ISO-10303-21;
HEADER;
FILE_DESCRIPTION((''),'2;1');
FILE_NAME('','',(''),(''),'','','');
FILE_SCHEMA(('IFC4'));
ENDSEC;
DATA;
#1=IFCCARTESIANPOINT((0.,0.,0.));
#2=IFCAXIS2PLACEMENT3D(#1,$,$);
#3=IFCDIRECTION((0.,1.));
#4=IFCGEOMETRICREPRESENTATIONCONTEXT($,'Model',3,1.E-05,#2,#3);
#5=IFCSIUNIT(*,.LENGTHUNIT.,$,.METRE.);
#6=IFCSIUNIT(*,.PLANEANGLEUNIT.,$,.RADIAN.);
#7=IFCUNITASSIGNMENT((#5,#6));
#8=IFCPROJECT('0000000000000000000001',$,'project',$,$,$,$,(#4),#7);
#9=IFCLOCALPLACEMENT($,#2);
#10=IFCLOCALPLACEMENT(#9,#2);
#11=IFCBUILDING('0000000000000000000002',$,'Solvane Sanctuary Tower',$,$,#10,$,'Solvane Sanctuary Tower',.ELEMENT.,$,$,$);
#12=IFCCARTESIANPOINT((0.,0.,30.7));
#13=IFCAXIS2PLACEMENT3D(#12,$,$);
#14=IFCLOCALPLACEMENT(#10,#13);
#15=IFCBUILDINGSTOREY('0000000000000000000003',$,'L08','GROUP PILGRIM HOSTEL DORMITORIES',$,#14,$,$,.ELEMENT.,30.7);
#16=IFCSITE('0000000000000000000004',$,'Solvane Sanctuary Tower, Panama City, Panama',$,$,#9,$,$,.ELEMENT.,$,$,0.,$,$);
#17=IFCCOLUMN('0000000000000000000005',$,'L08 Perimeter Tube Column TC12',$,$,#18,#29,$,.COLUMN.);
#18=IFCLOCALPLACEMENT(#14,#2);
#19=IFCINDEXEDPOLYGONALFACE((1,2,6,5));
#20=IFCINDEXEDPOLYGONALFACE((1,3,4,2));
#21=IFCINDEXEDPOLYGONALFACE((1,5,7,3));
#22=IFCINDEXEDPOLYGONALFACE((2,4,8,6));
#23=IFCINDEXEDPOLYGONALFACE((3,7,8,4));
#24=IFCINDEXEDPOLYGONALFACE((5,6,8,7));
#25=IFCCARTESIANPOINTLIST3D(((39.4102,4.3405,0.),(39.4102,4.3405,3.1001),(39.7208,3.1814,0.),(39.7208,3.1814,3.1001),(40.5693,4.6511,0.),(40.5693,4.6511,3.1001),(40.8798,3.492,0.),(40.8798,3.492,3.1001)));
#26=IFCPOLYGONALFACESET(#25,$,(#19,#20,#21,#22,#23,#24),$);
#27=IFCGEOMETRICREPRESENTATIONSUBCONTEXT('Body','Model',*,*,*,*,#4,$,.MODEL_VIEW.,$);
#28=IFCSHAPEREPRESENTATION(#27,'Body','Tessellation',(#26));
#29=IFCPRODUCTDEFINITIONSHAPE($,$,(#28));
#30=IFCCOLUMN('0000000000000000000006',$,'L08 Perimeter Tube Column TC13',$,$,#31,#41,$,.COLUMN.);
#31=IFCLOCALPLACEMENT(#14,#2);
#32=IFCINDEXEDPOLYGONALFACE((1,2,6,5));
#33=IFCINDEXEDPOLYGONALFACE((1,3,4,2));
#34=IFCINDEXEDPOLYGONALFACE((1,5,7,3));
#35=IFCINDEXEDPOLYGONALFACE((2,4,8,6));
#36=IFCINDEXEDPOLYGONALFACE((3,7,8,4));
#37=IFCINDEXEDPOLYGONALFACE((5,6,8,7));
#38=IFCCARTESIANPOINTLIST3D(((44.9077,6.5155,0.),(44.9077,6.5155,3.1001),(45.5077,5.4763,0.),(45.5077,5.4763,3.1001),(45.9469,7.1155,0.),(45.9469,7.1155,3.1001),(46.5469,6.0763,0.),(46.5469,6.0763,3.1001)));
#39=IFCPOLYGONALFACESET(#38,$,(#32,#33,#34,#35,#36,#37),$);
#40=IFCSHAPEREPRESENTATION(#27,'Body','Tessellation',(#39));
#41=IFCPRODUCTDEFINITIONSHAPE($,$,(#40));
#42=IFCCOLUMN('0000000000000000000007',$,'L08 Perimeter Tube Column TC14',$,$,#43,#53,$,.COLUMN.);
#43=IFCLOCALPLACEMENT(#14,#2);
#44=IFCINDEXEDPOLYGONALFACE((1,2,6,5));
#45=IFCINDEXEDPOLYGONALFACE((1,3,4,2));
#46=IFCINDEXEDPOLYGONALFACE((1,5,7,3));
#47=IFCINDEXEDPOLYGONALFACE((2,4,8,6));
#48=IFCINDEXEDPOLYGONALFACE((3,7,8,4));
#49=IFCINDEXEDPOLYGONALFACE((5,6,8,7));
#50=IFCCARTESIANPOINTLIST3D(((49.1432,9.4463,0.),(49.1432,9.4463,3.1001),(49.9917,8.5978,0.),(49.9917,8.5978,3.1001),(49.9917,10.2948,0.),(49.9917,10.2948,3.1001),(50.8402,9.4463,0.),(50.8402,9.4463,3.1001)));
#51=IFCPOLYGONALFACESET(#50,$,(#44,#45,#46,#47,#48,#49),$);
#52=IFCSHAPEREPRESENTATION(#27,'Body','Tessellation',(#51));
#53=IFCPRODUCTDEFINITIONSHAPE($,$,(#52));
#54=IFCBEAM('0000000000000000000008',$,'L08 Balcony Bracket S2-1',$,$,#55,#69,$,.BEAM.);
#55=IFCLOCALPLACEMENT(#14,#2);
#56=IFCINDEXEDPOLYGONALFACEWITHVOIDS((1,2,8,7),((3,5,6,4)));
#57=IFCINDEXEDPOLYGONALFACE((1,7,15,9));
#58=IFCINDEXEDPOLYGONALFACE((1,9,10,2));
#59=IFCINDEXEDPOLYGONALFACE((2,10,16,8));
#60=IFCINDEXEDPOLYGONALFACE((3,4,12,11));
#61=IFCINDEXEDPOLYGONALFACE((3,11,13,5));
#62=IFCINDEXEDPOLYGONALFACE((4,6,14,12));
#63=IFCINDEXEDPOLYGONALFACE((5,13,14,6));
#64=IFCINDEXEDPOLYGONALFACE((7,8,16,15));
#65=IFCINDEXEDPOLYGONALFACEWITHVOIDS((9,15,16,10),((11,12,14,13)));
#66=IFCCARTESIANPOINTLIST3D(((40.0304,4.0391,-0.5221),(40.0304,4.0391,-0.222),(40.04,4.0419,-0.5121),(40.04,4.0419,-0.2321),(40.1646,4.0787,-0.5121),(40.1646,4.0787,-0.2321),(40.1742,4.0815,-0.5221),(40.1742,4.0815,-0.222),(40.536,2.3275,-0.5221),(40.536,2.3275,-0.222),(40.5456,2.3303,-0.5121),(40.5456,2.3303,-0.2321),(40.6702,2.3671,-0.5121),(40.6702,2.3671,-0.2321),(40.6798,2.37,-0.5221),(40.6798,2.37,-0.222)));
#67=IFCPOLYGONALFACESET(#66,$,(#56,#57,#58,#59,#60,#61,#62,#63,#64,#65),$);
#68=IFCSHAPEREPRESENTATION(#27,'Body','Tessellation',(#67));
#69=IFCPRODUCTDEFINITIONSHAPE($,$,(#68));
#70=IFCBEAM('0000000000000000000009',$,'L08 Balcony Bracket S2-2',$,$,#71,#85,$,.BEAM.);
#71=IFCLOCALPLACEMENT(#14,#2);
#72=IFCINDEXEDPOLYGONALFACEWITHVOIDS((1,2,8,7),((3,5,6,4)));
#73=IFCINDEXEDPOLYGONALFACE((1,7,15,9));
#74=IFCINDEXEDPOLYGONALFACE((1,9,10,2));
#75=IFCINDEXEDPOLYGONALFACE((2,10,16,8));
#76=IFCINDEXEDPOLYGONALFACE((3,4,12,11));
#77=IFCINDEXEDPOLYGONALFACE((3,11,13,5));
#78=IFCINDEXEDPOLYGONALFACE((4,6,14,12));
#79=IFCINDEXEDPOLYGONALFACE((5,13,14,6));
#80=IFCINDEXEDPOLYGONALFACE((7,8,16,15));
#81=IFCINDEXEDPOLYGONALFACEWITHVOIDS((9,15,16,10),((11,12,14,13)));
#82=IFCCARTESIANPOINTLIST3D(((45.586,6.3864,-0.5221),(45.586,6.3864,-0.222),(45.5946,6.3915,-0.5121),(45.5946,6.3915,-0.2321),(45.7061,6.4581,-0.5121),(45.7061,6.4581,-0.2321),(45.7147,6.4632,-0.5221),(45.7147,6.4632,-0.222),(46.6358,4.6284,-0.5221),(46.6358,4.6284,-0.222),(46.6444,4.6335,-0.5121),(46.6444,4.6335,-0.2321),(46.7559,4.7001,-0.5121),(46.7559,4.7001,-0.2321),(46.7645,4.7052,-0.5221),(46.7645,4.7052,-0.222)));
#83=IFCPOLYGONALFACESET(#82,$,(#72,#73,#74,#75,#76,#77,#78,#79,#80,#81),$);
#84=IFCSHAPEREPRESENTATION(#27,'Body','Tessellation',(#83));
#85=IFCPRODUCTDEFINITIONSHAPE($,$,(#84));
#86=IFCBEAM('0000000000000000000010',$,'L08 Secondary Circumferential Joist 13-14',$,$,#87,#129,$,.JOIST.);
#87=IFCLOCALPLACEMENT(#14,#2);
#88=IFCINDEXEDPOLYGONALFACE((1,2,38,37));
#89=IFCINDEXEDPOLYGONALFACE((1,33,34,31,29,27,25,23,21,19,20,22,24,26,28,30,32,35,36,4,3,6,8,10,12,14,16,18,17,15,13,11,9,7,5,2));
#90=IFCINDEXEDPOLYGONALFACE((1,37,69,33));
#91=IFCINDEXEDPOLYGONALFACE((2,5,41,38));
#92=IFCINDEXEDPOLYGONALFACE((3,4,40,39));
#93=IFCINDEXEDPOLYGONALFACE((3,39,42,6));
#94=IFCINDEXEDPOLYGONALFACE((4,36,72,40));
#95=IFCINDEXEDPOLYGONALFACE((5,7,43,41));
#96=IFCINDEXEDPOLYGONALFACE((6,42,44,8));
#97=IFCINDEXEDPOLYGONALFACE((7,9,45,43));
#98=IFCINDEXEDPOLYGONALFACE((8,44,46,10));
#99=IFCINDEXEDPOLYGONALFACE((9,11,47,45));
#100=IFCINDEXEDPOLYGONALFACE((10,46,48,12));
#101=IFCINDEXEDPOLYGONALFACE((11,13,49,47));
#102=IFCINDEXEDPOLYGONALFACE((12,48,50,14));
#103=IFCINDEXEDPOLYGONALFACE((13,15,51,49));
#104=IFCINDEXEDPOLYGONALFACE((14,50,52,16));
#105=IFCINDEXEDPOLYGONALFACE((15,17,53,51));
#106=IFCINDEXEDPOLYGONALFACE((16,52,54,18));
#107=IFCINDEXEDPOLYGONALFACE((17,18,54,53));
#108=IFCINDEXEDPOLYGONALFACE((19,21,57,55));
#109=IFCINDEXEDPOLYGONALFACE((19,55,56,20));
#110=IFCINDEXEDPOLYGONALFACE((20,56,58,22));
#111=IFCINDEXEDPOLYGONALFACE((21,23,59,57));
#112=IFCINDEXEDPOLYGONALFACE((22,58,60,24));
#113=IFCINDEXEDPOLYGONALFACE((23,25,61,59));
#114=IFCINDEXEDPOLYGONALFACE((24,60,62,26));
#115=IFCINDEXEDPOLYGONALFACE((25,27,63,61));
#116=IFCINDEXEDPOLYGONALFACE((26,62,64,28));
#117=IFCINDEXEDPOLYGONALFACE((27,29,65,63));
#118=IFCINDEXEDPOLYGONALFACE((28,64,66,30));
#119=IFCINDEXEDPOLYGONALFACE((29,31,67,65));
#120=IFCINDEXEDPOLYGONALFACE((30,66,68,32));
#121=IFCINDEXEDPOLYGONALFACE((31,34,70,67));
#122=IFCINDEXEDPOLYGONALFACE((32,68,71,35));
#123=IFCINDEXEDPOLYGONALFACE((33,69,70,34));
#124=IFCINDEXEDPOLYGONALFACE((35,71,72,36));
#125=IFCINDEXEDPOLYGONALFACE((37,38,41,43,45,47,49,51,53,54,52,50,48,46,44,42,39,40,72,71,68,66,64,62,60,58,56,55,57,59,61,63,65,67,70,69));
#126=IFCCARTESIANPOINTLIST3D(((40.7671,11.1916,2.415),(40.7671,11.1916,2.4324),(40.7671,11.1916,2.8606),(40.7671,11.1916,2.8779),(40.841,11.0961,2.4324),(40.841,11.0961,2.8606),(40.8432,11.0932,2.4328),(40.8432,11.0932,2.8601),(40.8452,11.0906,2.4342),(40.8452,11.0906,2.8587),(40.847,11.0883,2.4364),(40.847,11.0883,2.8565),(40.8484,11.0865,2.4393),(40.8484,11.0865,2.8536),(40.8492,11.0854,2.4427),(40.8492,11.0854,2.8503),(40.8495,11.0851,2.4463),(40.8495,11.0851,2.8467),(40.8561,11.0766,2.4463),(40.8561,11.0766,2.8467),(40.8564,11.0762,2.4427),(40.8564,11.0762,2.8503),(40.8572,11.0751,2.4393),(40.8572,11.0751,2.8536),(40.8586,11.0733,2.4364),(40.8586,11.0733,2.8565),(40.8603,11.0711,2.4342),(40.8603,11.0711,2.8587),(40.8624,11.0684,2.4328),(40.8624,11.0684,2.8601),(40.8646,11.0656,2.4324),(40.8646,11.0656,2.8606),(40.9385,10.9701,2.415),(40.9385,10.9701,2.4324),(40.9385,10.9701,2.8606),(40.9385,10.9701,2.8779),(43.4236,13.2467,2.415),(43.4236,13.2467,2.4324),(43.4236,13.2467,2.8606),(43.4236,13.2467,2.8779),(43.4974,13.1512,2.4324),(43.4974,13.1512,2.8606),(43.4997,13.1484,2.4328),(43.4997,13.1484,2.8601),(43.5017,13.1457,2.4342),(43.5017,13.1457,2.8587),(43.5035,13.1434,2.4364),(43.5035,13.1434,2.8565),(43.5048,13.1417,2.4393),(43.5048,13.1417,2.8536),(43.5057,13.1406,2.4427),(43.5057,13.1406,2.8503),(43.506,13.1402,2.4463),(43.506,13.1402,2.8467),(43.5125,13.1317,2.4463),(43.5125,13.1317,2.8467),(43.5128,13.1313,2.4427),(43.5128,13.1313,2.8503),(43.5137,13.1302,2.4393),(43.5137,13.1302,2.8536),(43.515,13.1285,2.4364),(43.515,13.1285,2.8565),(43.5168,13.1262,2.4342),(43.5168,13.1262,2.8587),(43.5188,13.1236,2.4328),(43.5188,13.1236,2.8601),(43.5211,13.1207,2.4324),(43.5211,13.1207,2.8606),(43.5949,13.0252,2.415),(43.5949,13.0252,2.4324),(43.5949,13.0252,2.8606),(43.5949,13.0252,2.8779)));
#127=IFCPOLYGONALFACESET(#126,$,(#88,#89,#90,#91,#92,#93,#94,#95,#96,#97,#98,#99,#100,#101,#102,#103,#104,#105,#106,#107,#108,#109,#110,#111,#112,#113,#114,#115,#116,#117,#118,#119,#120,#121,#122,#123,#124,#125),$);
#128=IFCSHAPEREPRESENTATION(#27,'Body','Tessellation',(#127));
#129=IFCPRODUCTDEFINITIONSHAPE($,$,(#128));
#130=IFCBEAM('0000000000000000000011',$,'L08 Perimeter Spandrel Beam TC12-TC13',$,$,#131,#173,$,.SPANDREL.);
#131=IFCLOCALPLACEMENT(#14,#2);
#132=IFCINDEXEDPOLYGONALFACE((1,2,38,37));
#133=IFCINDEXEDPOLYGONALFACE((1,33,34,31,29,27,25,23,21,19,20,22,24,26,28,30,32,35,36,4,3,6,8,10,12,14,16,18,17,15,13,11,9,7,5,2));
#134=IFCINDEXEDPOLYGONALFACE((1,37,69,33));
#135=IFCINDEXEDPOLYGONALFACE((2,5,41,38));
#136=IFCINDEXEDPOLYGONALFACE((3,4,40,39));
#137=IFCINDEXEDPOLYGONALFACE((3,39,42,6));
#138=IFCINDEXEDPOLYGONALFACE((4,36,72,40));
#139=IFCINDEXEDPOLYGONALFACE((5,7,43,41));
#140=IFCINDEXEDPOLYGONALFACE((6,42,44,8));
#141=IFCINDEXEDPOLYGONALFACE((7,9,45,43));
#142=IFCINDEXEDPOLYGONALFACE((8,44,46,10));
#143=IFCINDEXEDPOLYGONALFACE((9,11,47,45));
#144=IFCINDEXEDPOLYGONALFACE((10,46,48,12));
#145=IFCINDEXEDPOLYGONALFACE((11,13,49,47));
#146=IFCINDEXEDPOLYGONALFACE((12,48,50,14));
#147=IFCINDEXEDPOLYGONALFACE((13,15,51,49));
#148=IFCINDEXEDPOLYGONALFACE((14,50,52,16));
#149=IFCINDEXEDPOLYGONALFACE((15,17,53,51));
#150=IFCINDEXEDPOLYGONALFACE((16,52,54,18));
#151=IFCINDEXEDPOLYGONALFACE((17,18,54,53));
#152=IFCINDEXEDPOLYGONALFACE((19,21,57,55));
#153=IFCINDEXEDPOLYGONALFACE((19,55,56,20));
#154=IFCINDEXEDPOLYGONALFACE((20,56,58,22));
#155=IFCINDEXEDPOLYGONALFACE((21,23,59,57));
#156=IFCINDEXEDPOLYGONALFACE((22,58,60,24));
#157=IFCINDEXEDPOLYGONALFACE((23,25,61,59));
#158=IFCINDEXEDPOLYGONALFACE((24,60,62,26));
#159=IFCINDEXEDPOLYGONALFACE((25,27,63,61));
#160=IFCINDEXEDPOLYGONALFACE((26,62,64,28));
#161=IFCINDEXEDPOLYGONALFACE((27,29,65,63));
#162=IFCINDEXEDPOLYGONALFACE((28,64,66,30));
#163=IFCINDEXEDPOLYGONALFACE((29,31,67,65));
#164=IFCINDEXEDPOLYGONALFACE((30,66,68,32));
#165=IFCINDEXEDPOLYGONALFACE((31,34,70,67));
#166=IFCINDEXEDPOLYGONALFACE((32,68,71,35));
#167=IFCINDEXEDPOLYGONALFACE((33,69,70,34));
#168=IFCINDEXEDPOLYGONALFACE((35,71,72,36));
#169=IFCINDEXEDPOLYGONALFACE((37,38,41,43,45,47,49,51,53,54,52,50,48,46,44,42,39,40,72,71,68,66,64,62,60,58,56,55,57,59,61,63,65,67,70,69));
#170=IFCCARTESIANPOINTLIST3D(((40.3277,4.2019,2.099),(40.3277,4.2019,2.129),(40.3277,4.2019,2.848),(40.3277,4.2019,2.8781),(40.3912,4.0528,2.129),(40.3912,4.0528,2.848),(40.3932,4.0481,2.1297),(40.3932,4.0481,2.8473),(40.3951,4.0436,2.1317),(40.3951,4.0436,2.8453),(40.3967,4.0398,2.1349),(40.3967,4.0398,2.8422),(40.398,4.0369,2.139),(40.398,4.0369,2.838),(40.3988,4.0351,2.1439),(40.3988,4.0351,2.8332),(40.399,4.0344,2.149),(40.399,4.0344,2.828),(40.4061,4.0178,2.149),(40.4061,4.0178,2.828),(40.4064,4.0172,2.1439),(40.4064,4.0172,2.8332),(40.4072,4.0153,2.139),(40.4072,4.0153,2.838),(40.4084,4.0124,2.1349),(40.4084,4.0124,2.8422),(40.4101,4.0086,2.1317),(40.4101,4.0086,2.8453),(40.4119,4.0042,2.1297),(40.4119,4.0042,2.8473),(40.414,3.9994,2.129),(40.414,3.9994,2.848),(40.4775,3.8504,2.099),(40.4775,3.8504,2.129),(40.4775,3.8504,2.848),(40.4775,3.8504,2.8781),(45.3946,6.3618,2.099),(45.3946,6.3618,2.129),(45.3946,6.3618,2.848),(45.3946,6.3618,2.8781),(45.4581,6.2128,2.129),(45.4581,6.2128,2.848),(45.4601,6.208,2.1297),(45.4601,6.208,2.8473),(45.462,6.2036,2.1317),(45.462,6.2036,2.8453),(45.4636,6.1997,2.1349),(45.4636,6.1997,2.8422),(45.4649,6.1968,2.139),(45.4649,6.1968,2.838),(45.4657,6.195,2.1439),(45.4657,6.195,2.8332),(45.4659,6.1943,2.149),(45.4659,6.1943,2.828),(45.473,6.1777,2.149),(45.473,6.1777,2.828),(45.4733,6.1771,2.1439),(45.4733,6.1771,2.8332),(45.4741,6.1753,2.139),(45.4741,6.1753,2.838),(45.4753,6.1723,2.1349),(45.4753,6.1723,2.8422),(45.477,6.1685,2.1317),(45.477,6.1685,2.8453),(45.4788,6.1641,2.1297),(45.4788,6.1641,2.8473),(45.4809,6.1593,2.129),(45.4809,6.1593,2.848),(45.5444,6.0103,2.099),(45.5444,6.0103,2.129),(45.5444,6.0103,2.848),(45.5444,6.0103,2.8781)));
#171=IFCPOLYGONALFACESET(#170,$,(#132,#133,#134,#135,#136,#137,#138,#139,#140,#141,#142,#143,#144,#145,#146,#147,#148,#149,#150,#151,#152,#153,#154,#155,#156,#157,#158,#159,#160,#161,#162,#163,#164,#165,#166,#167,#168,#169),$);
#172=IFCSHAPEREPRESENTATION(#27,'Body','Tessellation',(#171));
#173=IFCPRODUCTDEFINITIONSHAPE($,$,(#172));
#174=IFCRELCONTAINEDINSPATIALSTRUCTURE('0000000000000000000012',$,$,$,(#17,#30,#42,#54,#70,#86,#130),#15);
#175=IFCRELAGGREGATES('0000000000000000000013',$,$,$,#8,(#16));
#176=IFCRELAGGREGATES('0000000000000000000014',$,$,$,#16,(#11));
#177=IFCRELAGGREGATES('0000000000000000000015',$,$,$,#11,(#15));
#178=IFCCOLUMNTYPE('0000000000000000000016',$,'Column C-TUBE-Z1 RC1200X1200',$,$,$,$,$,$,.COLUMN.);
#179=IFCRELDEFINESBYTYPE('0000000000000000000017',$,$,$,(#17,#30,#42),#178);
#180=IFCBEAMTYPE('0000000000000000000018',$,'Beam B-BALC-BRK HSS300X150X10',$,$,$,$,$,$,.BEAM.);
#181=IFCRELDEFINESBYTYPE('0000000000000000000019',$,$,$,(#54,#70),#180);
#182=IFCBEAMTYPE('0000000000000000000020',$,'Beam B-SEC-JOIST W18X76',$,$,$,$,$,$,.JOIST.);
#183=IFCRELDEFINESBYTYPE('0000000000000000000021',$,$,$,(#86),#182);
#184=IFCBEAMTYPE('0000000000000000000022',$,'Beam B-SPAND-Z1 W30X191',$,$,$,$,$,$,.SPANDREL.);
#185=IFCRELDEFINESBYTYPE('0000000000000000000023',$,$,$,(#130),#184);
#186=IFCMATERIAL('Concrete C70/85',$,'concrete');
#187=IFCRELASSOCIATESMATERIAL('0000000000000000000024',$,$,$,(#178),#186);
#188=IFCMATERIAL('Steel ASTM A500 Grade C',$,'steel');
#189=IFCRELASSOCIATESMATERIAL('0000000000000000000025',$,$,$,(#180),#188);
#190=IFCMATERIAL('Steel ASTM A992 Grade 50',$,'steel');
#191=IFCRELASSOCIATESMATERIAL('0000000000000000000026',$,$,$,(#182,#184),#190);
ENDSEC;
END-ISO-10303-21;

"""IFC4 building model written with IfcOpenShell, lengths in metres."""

from ifc_helpers import new_model, si_unit, direction, frame, origin, origin_2d, place, context, subcontext, project, spatial, rectangle, hollow_rectangle, i_section, extrude, material, material_profile, profile_set, type_object, element, save


model = new_model("IFC4")

# Units and contexts
model_context = context("Model", 3, precision=1e-05, world=origin(), true_north=direction((0.0, 1.0)))
body_context = subcontext(model_context, "Body", "Model", "MODEL_VIEW")
ifc_project = project(units=[si_unit("LENGTHUNIT", "METRE"), si_unit("PLANEANGLEUNIT", "RADIAN")], contexts=[model_context])

# Site, building, storey
site_placement = place(None, origin())
site = spatial("IfcSite", under=ifc_project, at=site_placement, Name="Solvane Sanctuary Tower, Panama City, Panama", CompositionType="ELEMENT", RefElevation=0.0)
building_placement = place(site_placement, origin())
building = spatial("IfcBuilding", under=site, at=building_placement, Name="Solvane Sanctuary Tower", LongName="Solvane Sanctuary Tower", CompositionType="ELEMENT")
storey_placement = place(building_placement, frame((0.0, 0.0, 30.7)))
storey = spatial("IfcBuildingStorey", under=building, at=storey_placement, Name="L08", Description="GROUP PILGRIM HOSTEL DORMITORIES", CompositionType="ELEMENT", Elevation=30.7)

# Columns
ifc_material_1 = material(Name="Concrete C70/85", Category="concrete")
ifc_material_profile_1 = material_profile(ifc_material_1, rectangle(XDim=1.2, YDim=1.2, at=origin_2d()), Name="RC1200X1200")
ifc_profile_set_1 = profile_set([ifc_material_profile_1], Name="Concrete C70/85")
column_type = type_object("IfcColumnType", Name="Column C-TUBE-Z1 RC1200X1200", PredefinedType="COLUMN", material=ifc_profile_set_1)
for number, where, z_axis, x_axis, name in (
    (1, (40.145, 3.9163, 0.0), (0.0, 0.0, 1.0), (0.258819, -0.965926, 0.0), "L08 Perimeter Tube Column TC12"),
    (2, (45.7273, 6.2959, 0.0), (0.0, 0.0, 1.0), (0.5, -0.866025, 0.0), "L08 Perimeter Tube Column TC13"),
    (3, (49.9917, 9.4463, 0.0), (0.0, 0.0, 1.0), (0.707107, -0.707107, 0.0), "L08 Perimeter Tube Column TC14"),
):
    element("IfcColumn", number, at=place(storey_placement, frame(where, z_axis=z_axis, x_axis=x_axis)), inside=storey, type_object=column_type, Name=name, PredefinedType="COLUMN", context=body_context, shape_type="SweptSolid", body=[
        extrude(rectangle(XDim=1.2, YDim=1.2, at=origin_2d()), origin(), (0.0, 0.0, 1.0), 3.1001),
    ])

# Beams
ifc_material_2 = material(Name="Steel ASTM A500 Grade C", Category="steel")
ifc_material_profile_2 = material_profile(ifc_material_2, hollow_rectangle(XDim=0.1499, YDim=0.3, WallThickness=0.01, at=origin_2d()), Name="HSS300X150X10")
ifc_profile_set_2 = profile_set([ifc_material_profile_2], Name="Steel ASTM A500 Grade C")
beam_type_1 = type_object("IfcBeamType", Name="Beam B-BALC-BRK HSS300X150X10", PredefinedType="BEAM", material=ifc_profile_set_2)
beam_1_placement = place(storey_placement, frame((40.1023, 4.0603, -0.3721), z_axis=(0.283292, -0.959034, 0.0), x_axis=(0.959034, 0.283292, 0.0)))
element("IfcBeam", 4, at=beam_1_placement, inside=storey, type_object=beam_type_1, Name="L08 Balcony Bracket S2-1", PredefinedType="BEAM", context=body_context, shape_type="SweptSolid", body=[
    extrude(hollow_rectangle(XDim=0.1499, YDim=0.3, WallThickness=0.01, at=origin_2d()), origin(), (0.0, 0.0, 1.0), 1.7847),
])
beam_2_placement = place(storey_placement, frame((45.6504, 6.4248, -0.3721), z_axis=(0.512689, -0.858575, 0.0), x_axis=(0.858575, 0.512689, 0.0)))
element("IfcBeam", 5, at=beam_2_placement, inside=storey, type_object=beam_type_1, Name="L08 Balcony Bracket S2-2", PredefinedType="BEAM", context=body_context, shape_type="SweptSolid", body=[
    extrude(hollow_rectangle(XDim=0.1499, YDim=0.3, WallThickness=0.01, at=origin_2d()), origin(), (0.0, 0.0, 1.0), 2.0476),
])
ifc_material_3 = material(Name="Steel ASTM A992 Grade 50", Category="steel")
ifc_material_profile_3 = material_profile(ifc_material_3, i_section(OverallWidth=0.28, OverallDepth=0.4629, WebThickness=0.0107, FlangeThickness=0.0173, FilletRadius=0.0139, at=origin_2d()), Name="W18X76")
ifc_profile_set_3 = profile_set([ifc_material_profile_3], Name="Steel ASTM A992 Grade 50")
beam_type_2 = type_object("IfcBeamType", Name="Beam B-SEC-JOIST W18X76", PredefinedType="JOIST", material=ifc_profile_set_3)
beam_3_placement = place(storey_placement, frame((40.8528, 11.0808, 2.6465), z_axis=(0.790935, 0.6119, 0.0), x_axis=(-0.6119, 0.790935, 0.0)))
element("IfcBeam", 6, at=beam_3_placement, inside=storey, type_object=beam_type_2, Name="L08 Secondary Circumferential Joist 13-14", PredefinedType="JOIST", context=body_context, shape_type="SweptSolid", body=[
    extrude(i_section(OverallWidth=0.28, OverallDepth=0.4629, WebThickness=0.0107, FlangeThickness=0.0173, FilletRadius=0.0139, at=origin_2d()), origin(), (0.0, 0.0, 1.0), 3.3586),
])
ifc_material_profile_4 = material_profile(ifc_material_3, i_section(OverallWidth=0.3821, OverallDepth=0.7791, WebThickness=0.0181, FlangeThickness=0.03, FilletRadius=0.02, at=origin_2d()), Name="W30X191")
ifc_profile_set_4 = profile_set([ifc_material_profile_4], Name="Steel ASTM A992 Grade 50")
beam_type_3 = type_object("IfcBeamType", Name="Beam B-SPAND-Z1 W30X191", PredefinedType="SPANDREL", material=ifc_profile_set_4)
beam_4_placement = place(storey_placement, frame((40.4026, 4.0261, 2.4885), z_axis=(0.919907, 0.392137, 0.0), x_axis=(-0.392137, 0.919907, 0.0)))
element("IfcBeam", 7, at=beam_4_placement, inside=storey, type_object=beam_type_3, Name="L08 Perimeter Spandrel Beam TC12-TC13", PredefinedType="SPANDREL", context=body_context, shape_type="SweptSolid", body=[
    extrude(i_section(OverallWidth=0.3821, OverallDepth=0.7791, WebThickness=0.0181, FlangeThickness=0.03, FilletRadius=0.02, at=origin_2d()), origin(), (0.0, 0.0, 1.0), 5.5081),
])

save(model, "model.ifc")
